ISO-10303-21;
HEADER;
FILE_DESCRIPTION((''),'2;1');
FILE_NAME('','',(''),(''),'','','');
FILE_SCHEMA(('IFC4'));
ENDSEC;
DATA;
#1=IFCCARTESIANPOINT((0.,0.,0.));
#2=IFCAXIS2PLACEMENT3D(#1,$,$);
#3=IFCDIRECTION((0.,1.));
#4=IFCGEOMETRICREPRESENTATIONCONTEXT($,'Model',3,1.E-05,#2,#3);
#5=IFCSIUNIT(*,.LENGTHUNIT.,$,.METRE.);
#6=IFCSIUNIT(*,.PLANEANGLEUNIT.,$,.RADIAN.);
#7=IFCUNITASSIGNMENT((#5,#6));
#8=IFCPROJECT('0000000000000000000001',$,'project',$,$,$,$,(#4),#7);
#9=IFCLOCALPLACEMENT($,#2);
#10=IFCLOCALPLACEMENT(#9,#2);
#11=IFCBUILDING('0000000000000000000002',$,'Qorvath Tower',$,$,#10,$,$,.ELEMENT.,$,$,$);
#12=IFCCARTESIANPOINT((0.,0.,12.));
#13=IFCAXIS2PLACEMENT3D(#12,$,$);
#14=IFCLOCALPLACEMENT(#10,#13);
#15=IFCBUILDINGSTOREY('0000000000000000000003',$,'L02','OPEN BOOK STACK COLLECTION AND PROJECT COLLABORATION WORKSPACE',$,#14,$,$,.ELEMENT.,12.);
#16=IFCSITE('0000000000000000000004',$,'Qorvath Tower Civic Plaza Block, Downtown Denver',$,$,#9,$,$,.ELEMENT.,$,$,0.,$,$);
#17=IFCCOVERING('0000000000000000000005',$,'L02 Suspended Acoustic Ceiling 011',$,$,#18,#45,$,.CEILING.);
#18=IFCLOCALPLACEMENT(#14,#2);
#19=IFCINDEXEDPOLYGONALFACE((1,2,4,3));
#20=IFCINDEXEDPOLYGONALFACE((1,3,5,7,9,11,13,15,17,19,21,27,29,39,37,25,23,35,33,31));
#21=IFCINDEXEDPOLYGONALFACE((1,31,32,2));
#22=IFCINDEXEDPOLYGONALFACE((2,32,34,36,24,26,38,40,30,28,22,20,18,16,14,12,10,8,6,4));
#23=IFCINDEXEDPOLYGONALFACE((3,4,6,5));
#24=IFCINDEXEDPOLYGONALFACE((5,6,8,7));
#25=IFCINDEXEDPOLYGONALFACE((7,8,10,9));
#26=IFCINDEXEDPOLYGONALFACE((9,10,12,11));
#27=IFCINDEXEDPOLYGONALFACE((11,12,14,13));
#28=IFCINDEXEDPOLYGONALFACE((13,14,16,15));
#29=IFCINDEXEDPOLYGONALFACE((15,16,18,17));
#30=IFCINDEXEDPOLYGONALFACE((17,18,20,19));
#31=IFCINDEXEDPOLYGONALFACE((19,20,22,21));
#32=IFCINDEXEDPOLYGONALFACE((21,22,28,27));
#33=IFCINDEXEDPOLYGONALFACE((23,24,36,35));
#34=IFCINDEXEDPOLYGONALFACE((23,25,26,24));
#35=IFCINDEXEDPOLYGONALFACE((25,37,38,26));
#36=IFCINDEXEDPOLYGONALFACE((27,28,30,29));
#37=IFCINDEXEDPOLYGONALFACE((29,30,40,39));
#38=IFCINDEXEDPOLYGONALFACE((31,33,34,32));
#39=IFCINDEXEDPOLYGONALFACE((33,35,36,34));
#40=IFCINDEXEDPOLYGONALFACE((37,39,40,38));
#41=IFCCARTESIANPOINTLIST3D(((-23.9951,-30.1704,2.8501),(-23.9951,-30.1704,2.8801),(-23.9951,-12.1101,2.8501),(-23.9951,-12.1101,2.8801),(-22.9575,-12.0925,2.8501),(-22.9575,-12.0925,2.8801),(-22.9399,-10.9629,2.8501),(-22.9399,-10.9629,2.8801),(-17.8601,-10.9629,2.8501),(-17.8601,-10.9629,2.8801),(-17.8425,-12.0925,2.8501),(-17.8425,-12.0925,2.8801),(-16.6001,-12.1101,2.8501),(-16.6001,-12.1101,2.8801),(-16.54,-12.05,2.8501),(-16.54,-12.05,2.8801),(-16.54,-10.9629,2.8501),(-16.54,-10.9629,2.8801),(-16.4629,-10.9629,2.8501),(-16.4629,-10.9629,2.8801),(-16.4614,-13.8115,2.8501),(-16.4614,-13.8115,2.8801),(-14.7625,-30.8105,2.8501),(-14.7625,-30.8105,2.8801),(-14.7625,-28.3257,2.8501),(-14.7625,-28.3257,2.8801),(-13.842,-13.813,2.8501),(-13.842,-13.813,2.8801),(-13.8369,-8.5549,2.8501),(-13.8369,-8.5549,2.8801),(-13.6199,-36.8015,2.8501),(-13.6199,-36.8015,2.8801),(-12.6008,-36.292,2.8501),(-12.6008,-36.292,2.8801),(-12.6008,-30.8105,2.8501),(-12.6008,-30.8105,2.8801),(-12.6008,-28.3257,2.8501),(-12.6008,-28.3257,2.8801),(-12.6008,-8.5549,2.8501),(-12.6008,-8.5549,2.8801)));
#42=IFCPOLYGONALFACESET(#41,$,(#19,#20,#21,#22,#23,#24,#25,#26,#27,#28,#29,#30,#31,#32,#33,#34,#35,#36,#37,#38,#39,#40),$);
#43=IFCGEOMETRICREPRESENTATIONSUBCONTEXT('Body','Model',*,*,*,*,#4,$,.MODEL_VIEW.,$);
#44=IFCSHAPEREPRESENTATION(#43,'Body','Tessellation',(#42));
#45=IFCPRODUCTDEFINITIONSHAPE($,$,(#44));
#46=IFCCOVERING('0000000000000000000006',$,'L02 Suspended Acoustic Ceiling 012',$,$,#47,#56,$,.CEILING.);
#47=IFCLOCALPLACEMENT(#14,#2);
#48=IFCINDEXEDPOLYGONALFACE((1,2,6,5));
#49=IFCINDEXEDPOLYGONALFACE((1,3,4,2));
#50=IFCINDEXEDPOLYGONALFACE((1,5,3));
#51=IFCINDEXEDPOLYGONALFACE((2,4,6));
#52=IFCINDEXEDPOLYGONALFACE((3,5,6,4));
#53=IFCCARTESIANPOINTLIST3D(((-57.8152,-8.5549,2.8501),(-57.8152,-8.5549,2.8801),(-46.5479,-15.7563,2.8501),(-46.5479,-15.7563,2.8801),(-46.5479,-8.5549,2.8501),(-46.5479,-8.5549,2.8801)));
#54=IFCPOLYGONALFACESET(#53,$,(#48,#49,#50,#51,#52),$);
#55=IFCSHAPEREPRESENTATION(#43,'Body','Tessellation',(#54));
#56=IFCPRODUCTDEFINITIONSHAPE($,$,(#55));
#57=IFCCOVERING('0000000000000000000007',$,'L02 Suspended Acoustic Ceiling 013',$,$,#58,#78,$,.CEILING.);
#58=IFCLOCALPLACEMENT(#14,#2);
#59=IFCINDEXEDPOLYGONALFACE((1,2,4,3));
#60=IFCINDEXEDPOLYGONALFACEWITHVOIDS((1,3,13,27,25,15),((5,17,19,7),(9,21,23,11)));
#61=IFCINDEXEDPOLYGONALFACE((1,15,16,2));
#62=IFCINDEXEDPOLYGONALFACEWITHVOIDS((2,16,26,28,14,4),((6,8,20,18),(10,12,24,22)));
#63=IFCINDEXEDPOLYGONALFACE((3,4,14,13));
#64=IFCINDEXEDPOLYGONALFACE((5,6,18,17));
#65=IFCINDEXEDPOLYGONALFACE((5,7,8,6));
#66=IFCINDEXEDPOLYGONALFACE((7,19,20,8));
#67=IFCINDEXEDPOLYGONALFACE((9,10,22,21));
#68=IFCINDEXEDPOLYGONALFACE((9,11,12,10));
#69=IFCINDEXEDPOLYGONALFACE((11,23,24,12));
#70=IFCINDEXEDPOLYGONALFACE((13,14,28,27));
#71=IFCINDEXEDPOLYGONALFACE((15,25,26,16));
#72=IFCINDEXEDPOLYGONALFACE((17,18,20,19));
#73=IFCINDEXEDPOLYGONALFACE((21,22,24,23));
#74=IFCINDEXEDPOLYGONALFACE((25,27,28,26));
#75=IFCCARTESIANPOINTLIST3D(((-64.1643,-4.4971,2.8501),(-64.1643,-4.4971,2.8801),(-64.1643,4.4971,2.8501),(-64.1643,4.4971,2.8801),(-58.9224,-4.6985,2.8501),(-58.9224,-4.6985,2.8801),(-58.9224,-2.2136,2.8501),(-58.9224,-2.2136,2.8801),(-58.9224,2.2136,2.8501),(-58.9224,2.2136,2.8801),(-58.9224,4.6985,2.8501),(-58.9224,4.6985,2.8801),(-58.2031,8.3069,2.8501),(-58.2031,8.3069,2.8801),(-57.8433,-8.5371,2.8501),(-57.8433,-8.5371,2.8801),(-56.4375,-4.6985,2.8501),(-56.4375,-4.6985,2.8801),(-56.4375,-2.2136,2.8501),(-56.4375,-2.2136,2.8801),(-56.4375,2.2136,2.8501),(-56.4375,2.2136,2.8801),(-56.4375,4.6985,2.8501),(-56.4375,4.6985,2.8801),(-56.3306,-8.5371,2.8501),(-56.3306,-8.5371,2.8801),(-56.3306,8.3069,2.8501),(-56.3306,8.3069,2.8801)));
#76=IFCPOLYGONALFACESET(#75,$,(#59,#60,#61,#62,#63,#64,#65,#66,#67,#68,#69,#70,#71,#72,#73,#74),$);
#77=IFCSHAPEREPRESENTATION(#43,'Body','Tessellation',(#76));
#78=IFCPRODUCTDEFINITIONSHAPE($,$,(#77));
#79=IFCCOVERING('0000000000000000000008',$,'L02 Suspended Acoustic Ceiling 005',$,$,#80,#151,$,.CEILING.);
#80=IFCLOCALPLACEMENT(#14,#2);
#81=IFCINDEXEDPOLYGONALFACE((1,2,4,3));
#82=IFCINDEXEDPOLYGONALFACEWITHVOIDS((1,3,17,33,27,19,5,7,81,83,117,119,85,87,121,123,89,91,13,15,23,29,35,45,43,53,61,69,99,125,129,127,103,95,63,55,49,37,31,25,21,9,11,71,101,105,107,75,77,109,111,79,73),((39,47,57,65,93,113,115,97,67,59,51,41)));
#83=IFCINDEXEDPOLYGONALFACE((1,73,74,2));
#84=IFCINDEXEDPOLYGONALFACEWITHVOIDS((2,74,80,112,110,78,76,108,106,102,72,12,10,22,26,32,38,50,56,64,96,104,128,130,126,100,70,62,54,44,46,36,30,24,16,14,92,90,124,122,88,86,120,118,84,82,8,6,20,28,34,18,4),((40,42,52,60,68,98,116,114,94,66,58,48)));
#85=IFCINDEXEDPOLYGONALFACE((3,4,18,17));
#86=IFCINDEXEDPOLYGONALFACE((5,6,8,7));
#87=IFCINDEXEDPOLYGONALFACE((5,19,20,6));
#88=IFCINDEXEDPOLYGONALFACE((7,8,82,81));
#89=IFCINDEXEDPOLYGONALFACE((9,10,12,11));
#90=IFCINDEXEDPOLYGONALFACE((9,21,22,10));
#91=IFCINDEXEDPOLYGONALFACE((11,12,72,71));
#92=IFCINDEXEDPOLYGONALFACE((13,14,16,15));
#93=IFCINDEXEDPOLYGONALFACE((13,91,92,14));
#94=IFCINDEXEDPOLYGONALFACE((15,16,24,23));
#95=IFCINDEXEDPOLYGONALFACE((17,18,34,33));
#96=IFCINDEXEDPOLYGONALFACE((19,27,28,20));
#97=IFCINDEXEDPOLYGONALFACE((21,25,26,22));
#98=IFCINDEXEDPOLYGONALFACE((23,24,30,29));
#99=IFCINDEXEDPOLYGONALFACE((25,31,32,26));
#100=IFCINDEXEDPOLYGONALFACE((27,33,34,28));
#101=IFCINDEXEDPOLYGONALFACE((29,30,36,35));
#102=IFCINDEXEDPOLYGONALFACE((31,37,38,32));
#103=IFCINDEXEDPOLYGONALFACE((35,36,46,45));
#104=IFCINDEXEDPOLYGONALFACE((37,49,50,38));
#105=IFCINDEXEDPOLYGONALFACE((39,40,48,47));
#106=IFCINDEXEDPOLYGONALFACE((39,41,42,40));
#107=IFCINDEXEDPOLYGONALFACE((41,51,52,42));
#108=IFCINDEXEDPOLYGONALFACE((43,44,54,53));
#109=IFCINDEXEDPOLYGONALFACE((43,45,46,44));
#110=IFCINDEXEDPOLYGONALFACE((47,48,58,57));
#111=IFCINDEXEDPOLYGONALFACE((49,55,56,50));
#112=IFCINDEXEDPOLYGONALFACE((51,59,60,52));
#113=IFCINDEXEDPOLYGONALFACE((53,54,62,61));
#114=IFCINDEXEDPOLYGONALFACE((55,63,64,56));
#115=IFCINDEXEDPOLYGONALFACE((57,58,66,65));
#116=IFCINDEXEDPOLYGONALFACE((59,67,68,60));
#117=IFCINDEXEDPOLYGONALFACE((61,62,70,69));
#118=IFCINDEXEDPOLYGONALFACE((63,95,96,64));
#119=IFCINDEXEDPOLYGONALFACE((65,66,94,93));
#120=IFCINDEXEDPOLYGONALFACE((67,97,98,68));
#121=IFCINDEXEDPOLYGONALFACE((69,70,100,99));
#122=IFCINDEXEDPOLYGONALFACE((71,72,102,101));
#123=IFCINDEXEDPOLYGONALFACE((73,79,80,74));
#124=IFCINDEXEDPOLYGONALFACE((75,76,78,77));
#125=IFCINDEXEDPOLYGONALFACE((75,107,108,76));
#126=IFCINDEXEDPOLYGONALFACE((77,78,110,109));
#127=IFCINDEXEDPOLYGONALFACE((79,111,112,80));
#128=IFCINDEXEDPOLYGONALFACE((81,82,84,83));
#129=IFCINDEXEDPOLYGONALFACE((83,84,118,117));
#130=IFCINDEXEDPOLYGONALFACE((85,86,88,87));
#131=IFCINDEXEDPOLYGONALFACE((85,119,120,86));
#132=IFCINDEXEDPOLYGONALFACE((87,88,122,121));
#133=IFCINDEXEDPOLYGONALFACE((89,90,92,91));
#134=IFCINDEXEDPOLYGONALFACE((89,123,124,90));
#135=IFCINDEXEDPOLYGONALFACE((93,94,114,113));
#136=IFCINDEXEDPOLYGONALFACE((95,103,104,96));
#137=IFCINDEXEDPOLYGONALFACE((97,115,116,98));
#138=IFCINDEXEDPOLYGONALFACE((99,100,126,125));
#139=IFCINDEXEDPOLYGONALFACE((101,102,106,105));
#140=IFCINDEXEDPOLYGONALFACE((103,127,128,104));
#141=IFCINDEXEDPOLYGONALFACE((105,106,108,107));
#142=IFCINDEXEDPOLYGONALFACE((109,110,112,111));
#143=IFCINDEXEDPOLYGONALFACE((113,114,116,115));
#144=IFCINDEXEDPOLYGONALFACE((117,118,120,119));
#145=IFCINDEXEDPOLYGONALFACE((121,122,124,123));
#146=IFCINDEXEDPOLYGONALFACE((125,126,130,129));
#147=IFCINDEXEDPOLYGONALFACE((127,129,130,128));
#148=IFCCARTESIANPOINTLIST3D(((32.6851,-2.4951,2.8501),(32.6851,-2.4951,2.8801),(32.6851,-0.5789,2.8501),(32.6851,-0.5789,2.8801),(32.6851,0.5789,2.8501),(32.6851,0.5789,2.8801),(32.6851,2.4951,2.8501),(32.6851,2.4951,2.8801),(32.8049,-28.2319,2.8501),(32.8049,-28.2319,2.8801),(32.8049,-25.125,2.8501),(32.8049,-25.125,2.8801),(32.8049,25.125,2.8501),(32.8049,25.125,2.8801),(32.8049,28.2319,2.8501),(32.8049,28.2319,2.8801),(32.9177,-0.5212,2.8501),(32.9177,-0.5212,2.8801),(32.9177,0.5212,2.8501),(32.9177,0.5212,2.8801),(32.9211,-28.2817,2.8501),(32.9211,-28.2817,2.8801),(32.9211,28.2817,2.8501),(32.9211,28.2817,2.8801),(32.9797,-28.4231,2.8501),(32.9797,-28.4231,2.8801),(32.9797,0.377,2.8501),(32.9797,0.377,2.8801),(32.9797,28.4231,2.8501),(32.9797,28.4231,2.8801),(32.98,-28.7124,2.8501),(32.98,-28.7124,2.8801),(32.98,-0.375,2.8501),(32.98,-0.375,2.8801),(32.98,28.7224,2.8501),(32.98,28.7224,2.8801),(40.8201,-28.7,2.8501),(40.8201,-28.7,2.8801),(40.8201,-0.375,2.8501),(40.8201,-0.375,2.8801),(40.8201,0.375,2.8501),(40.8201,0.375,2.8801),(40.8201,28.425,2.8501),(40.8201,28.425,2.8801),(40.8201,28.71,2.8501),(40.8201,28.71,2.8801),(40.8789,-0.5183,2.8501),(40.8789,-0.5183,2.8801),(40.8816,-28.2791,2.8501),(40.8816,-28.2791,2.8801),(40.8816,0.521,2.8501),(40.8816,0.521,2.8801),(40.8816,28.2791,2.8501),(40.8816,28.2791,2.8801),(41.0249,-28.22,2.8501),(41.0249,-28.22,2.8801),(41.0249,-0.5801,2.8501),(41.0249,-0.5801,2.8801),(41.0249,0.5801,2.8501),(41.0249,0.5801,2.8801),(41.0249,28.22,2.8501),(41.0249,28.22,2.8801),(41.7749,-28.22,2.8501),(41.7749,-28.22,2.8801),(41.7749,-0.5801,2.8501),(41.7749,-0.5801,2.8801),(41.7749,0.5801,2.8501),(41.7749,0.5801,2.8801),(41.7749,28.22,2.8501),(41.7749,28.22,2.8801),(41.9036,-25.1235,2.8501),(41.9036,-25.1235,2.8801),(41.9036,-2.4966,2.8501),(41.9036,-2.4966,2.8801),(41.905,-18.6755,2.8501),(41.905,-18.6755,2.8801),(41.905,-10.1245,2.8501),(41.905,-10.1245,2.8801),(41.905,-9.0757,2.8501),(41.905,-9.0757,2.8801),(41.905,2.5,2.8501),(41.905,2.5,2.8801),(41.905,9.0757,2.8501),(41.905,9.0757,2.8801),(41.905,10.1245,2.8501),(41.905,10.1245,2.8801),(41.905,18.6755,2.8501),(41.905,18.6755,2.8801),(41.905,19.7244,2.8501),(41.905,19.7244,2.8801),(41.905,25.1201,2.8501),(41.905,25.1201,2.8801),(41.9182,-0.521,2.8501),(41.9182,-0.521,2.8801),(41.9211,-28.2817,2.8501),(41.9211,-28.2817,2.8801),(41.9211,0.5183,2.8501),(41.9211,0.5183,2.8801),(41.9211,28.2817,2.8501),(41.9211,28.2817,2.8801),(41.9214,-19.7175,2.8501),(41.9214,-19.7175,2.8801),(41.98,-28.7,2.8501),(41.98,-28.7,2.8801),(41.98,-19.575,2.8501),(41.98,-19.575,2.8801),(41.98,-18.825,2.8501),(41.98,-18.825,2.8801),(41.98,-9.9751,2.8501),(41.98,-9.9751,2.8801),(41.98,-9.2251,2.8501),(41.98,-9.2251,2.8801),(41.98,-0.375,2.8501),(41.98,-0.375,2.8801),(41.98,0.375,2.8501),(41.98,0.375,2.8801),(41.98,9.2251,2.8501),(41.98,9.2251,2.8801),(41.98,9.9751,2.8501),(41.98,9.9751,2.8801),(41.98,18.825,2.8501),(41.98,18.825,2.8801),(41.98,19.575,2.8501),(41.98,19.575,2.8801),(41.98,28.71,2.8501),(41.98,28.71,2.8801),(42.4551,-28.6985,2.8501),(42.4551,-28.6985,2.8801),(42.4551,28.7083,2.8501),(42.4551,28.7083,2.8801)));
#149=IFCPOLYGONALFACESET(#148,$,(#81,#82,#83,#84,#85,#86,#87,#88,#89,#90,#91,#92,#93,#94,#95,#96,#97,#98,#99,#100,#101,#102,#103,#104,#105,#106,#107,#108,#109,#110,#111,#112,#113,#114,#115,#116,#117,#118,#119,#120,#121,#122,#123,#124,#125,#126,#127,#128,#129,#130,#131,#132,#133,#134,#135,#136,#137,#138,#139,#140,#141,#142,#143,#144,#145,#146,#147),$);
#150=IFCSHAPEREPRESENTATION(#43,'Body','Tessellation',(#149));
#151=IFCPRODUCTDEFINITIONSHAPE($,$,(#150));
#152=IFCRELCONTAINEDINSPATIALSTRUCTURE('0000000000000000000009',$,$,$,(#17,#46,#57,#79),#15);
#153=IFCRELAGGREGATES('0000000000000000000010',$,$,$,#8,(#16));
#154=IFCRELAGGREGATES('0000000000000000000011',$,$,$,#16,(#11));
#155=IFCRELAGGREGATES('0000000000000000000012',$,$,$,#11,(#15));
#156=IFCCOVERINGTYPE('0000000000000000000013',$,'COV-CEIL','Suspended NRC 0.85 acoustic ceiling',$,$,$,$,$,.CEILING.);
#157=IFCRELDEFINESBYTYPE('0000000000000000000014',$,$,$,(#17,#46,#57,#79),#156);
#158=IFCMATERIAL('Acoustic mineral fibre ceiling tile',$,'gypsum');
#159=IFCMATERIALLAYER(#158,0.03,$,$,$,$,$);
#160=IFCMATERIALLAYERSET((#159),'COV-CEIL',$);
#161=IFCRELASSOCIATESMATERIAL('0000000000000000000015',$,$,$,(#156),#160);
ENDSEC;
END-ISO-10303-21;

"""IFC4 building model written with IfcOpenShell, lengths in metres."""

from ifc_helpers import new_model, si_unit, direction, frame, origin, place, context, subcontext, project, spatial, polyline, outline, extrude, material, layer, layer_set, type_object, element, save


model = new_model("IFC4")

# Units and contexts
model_context = context("Model", 3, precision=1e-05, world=origin(), true_north=direction((0.0, 1.0)))
body_context = subcontext(model_context, "Body", "Model", "MODEL_VIEW")
ifc_project = project(units=[si_unit("LENGTHUNIT", "METRE"), si_unit("PLANEANGLEUNIT", "RADIAN")], contexts=[model_context])

# Site, building, storey
site_placement = place(None, origin())
site = spatial("IfcSite", under=ifc_project, at=site_placement, Name="Qorvath Tower Civic Plaza Block, Downtown Denver", CompositionType="ELEMENT", RefElevation=0.0)
building_placement = place(site_placement, origin())
building = spatial("IfcBuilding", under=site, at=building_placement, Name="Qorvath Tower", CompositionType="ELEMENT")
storey_placement = place(building_placement, frame((0.0, 0.0, 12.0)))
storey = spatial("IfcBuildingStorey", under=building, at=storey_placement, Name="L02", Description="OPEN BOOK STACK COLLECTION AND PROJECT COLLABORATION WORKSPACE", CompositionType="ELEMENT", Elevation=12.0)

# Coverings
ifc_material_1 = material(Name="Acoustic mineral fibre ceiling tile", Category="gypsum")
ifc_layer_1 = layer(ifc_material_1, 0.03)
ifc_layer_set_1 = layer_set([ifc_layer_1], Name="COV-CEIL")
covering_type_1 = type_object("IfcCoveringType", Name="COV-CEIL", Description="Suspended NRC 0.85 acoustic ceiling", PredefinedType="CEILING", material=ifc_layer_set_1)
covering_1_placement = place(storey_placement, frame((0.0, 0.0, 2.8501)))
element("IfcCovering", 1, at=covering_1_placement, inside=storey, type_object=covering_type_1, Name="L02 Suspended Acoustic Ceiling 011", PredefinedType="CEILING", context=body_context, shape_type="SweptSolid", body=[
    extrude(outline(polyline([(-12.6008, -36.292), (-12.6008, -30.8105), (-14.7625, -30.8105), (-14.7625, -28.3257), (-12.6008, -28.3257), (-12.6008, -8.5549), (-13.8369, -8.5549), (-13.842, -13.813), (-16.4614, -13.8115), (-16.4629, -10.9629), (-16.54, -10.9629), (-16.54, -12.05), (-16.6001, -12.1101), (-17.8425, -12.0925), (-17.8601, -10.9629), (-22.9399, -10.9629), (-22.9575, -12.0925), (-23.9951, -12.1101), (-23.9951, -30.1704), (-13.6199, -36.8015), (-12.6008, -36.292)])), origin(), (0.0, 0.0, 1.0), 0.03),
])
covering_2_placement = place(storey_placement, frame((0.0, 0.0, 2.8501)))
element("IfcCovering", 2, at=covering_2_placement, inside=storey, type_object=covering_type_1, Name="L02 Suspended Acoustic Ceiling 012", PredefinedType="CEILING", context=body_context, shape_type="SweptSolid", body=[
    extrude(outline(polyline([(-57.8152, -8.5549), (-46.5479, -15.7563), (-46.5479, -8.5549), (-57.8152, -8.5549)])), origin(), (0.0, 0.0, 1.0), 0.03),
])
covering_3_placement = place(storey_placement, frame((0.0, 0.0, 2.8501)))
element("IfcCovering", 3, at=covering_3_placement, inside=storey, type_object=covering_type_1, Name="L02 Suspended Acoustic Ceiling 013", PredefinedType="CEILING", context=body_context, shape_type="SweptSolid", body=[
    extrude(outline(polyline([(-56.3306, -8.5371), (-56.3306, 8.3069), (-58.2031, 8.3069), (-64.1643, 4.4971), (-64.1643, -4.4971), (-57.8433, -8.5371), (-56.3306, -8.5371)]), holes=[polyline([(-58.9224, -2.2136), (-56.4375, -2.2136), (-56.4375, -4.6985), (-58.9224, -4.6985), (-58.9224, -2.2136)]), polyline([(-58.9224, 4.6985), (-56.4375, 4.6985), (-56.4375, 2.2136), (-58.9224, 2.2136), (-58.9224, 4.6985)])]), origin(), (0.0, 0.0, 1.0), 0.03),
])
covering_4_placement = place(storey_placement, frame((0.0, 0.0, 2.8501)))
element("IfcCovering", 4, at=covering_4_placement, inside=storey, type_object=covering_type_1, Name="L02 Suspended Acoustic Ceiling 005", PredefinedType="CEILING", context=body_context, shape_type="SweptSolid", body=[
    extrude(outline(polyline([(41.98, -19.575), (41.9214, -19.7175), (41.9036, -25.1235), (32.8049, -25.125), (32.8049, -28.2319), (32.9211, -28.2817), (32.9797, -28.4231), (32.98, -28.7124), (40.8201, -28.7), (40.8816, -28.2791), (41.0249, -28.22), (41.7749, -28.22), (41.9211, -28.2817), (41.98, -28.7), (42.4551, -28.6985), (42.4551, 28.7083), (41.98, 28.71), (41.9211, 28.2817), (41.7749, 28.22), (41.0249, 28.22), (40.8816, 28.2791), (40.8201, 28.425), (40.8201, 28.71), (32.98, 28.7224), (32.9797, 28.4231), (32.9211, 28.2817), (32.8049, 28.2319), (32.8049, 25.125), (41.905, 25.1201), (41.905, 19.7244), (41.98, 19.575), (41.98, 18.825), (41.905, 18.6755), (41.905, 10.1245), (41.98, 9.9751), (41.98, 9.2251), (41.905, 9.0757), (41.905, 2.5), (32.6851, 2.4951), (32.6851, 0.5789), (32.9177, 0.5212), (32.9797, 0.377), (32.98, -0.375), (32.9177, -0.5212), (32.6851, -0.5789), (32.6851, -2.4951), (41.9036, -2.4966), (41.905, -9.0757), (41.98, -9.2251), (41.98, -9.9751), (41.905, -10.1245), (41.905, -18.6755), (41.98, -18.825), (41.98, -19.575)]), holes=[polyline([(40.8789, -0.5183), (40.8201, -0.375), (40.8201, 0.375), (40.8816, 0.521), (41.0249, 0.5801), (41.7749, 0.5801), (41.9211, 0.5183), (41.98, 0.375), (41.98, -0.375), (41.9182, -0.521), (41.7749, -0.5801), (41.0249, -0.5801), (40.8789, -0.5183)])]), origin(), (0.0, 0.0, 1.0), 0.03),
])

save(model, "model.ifc")
